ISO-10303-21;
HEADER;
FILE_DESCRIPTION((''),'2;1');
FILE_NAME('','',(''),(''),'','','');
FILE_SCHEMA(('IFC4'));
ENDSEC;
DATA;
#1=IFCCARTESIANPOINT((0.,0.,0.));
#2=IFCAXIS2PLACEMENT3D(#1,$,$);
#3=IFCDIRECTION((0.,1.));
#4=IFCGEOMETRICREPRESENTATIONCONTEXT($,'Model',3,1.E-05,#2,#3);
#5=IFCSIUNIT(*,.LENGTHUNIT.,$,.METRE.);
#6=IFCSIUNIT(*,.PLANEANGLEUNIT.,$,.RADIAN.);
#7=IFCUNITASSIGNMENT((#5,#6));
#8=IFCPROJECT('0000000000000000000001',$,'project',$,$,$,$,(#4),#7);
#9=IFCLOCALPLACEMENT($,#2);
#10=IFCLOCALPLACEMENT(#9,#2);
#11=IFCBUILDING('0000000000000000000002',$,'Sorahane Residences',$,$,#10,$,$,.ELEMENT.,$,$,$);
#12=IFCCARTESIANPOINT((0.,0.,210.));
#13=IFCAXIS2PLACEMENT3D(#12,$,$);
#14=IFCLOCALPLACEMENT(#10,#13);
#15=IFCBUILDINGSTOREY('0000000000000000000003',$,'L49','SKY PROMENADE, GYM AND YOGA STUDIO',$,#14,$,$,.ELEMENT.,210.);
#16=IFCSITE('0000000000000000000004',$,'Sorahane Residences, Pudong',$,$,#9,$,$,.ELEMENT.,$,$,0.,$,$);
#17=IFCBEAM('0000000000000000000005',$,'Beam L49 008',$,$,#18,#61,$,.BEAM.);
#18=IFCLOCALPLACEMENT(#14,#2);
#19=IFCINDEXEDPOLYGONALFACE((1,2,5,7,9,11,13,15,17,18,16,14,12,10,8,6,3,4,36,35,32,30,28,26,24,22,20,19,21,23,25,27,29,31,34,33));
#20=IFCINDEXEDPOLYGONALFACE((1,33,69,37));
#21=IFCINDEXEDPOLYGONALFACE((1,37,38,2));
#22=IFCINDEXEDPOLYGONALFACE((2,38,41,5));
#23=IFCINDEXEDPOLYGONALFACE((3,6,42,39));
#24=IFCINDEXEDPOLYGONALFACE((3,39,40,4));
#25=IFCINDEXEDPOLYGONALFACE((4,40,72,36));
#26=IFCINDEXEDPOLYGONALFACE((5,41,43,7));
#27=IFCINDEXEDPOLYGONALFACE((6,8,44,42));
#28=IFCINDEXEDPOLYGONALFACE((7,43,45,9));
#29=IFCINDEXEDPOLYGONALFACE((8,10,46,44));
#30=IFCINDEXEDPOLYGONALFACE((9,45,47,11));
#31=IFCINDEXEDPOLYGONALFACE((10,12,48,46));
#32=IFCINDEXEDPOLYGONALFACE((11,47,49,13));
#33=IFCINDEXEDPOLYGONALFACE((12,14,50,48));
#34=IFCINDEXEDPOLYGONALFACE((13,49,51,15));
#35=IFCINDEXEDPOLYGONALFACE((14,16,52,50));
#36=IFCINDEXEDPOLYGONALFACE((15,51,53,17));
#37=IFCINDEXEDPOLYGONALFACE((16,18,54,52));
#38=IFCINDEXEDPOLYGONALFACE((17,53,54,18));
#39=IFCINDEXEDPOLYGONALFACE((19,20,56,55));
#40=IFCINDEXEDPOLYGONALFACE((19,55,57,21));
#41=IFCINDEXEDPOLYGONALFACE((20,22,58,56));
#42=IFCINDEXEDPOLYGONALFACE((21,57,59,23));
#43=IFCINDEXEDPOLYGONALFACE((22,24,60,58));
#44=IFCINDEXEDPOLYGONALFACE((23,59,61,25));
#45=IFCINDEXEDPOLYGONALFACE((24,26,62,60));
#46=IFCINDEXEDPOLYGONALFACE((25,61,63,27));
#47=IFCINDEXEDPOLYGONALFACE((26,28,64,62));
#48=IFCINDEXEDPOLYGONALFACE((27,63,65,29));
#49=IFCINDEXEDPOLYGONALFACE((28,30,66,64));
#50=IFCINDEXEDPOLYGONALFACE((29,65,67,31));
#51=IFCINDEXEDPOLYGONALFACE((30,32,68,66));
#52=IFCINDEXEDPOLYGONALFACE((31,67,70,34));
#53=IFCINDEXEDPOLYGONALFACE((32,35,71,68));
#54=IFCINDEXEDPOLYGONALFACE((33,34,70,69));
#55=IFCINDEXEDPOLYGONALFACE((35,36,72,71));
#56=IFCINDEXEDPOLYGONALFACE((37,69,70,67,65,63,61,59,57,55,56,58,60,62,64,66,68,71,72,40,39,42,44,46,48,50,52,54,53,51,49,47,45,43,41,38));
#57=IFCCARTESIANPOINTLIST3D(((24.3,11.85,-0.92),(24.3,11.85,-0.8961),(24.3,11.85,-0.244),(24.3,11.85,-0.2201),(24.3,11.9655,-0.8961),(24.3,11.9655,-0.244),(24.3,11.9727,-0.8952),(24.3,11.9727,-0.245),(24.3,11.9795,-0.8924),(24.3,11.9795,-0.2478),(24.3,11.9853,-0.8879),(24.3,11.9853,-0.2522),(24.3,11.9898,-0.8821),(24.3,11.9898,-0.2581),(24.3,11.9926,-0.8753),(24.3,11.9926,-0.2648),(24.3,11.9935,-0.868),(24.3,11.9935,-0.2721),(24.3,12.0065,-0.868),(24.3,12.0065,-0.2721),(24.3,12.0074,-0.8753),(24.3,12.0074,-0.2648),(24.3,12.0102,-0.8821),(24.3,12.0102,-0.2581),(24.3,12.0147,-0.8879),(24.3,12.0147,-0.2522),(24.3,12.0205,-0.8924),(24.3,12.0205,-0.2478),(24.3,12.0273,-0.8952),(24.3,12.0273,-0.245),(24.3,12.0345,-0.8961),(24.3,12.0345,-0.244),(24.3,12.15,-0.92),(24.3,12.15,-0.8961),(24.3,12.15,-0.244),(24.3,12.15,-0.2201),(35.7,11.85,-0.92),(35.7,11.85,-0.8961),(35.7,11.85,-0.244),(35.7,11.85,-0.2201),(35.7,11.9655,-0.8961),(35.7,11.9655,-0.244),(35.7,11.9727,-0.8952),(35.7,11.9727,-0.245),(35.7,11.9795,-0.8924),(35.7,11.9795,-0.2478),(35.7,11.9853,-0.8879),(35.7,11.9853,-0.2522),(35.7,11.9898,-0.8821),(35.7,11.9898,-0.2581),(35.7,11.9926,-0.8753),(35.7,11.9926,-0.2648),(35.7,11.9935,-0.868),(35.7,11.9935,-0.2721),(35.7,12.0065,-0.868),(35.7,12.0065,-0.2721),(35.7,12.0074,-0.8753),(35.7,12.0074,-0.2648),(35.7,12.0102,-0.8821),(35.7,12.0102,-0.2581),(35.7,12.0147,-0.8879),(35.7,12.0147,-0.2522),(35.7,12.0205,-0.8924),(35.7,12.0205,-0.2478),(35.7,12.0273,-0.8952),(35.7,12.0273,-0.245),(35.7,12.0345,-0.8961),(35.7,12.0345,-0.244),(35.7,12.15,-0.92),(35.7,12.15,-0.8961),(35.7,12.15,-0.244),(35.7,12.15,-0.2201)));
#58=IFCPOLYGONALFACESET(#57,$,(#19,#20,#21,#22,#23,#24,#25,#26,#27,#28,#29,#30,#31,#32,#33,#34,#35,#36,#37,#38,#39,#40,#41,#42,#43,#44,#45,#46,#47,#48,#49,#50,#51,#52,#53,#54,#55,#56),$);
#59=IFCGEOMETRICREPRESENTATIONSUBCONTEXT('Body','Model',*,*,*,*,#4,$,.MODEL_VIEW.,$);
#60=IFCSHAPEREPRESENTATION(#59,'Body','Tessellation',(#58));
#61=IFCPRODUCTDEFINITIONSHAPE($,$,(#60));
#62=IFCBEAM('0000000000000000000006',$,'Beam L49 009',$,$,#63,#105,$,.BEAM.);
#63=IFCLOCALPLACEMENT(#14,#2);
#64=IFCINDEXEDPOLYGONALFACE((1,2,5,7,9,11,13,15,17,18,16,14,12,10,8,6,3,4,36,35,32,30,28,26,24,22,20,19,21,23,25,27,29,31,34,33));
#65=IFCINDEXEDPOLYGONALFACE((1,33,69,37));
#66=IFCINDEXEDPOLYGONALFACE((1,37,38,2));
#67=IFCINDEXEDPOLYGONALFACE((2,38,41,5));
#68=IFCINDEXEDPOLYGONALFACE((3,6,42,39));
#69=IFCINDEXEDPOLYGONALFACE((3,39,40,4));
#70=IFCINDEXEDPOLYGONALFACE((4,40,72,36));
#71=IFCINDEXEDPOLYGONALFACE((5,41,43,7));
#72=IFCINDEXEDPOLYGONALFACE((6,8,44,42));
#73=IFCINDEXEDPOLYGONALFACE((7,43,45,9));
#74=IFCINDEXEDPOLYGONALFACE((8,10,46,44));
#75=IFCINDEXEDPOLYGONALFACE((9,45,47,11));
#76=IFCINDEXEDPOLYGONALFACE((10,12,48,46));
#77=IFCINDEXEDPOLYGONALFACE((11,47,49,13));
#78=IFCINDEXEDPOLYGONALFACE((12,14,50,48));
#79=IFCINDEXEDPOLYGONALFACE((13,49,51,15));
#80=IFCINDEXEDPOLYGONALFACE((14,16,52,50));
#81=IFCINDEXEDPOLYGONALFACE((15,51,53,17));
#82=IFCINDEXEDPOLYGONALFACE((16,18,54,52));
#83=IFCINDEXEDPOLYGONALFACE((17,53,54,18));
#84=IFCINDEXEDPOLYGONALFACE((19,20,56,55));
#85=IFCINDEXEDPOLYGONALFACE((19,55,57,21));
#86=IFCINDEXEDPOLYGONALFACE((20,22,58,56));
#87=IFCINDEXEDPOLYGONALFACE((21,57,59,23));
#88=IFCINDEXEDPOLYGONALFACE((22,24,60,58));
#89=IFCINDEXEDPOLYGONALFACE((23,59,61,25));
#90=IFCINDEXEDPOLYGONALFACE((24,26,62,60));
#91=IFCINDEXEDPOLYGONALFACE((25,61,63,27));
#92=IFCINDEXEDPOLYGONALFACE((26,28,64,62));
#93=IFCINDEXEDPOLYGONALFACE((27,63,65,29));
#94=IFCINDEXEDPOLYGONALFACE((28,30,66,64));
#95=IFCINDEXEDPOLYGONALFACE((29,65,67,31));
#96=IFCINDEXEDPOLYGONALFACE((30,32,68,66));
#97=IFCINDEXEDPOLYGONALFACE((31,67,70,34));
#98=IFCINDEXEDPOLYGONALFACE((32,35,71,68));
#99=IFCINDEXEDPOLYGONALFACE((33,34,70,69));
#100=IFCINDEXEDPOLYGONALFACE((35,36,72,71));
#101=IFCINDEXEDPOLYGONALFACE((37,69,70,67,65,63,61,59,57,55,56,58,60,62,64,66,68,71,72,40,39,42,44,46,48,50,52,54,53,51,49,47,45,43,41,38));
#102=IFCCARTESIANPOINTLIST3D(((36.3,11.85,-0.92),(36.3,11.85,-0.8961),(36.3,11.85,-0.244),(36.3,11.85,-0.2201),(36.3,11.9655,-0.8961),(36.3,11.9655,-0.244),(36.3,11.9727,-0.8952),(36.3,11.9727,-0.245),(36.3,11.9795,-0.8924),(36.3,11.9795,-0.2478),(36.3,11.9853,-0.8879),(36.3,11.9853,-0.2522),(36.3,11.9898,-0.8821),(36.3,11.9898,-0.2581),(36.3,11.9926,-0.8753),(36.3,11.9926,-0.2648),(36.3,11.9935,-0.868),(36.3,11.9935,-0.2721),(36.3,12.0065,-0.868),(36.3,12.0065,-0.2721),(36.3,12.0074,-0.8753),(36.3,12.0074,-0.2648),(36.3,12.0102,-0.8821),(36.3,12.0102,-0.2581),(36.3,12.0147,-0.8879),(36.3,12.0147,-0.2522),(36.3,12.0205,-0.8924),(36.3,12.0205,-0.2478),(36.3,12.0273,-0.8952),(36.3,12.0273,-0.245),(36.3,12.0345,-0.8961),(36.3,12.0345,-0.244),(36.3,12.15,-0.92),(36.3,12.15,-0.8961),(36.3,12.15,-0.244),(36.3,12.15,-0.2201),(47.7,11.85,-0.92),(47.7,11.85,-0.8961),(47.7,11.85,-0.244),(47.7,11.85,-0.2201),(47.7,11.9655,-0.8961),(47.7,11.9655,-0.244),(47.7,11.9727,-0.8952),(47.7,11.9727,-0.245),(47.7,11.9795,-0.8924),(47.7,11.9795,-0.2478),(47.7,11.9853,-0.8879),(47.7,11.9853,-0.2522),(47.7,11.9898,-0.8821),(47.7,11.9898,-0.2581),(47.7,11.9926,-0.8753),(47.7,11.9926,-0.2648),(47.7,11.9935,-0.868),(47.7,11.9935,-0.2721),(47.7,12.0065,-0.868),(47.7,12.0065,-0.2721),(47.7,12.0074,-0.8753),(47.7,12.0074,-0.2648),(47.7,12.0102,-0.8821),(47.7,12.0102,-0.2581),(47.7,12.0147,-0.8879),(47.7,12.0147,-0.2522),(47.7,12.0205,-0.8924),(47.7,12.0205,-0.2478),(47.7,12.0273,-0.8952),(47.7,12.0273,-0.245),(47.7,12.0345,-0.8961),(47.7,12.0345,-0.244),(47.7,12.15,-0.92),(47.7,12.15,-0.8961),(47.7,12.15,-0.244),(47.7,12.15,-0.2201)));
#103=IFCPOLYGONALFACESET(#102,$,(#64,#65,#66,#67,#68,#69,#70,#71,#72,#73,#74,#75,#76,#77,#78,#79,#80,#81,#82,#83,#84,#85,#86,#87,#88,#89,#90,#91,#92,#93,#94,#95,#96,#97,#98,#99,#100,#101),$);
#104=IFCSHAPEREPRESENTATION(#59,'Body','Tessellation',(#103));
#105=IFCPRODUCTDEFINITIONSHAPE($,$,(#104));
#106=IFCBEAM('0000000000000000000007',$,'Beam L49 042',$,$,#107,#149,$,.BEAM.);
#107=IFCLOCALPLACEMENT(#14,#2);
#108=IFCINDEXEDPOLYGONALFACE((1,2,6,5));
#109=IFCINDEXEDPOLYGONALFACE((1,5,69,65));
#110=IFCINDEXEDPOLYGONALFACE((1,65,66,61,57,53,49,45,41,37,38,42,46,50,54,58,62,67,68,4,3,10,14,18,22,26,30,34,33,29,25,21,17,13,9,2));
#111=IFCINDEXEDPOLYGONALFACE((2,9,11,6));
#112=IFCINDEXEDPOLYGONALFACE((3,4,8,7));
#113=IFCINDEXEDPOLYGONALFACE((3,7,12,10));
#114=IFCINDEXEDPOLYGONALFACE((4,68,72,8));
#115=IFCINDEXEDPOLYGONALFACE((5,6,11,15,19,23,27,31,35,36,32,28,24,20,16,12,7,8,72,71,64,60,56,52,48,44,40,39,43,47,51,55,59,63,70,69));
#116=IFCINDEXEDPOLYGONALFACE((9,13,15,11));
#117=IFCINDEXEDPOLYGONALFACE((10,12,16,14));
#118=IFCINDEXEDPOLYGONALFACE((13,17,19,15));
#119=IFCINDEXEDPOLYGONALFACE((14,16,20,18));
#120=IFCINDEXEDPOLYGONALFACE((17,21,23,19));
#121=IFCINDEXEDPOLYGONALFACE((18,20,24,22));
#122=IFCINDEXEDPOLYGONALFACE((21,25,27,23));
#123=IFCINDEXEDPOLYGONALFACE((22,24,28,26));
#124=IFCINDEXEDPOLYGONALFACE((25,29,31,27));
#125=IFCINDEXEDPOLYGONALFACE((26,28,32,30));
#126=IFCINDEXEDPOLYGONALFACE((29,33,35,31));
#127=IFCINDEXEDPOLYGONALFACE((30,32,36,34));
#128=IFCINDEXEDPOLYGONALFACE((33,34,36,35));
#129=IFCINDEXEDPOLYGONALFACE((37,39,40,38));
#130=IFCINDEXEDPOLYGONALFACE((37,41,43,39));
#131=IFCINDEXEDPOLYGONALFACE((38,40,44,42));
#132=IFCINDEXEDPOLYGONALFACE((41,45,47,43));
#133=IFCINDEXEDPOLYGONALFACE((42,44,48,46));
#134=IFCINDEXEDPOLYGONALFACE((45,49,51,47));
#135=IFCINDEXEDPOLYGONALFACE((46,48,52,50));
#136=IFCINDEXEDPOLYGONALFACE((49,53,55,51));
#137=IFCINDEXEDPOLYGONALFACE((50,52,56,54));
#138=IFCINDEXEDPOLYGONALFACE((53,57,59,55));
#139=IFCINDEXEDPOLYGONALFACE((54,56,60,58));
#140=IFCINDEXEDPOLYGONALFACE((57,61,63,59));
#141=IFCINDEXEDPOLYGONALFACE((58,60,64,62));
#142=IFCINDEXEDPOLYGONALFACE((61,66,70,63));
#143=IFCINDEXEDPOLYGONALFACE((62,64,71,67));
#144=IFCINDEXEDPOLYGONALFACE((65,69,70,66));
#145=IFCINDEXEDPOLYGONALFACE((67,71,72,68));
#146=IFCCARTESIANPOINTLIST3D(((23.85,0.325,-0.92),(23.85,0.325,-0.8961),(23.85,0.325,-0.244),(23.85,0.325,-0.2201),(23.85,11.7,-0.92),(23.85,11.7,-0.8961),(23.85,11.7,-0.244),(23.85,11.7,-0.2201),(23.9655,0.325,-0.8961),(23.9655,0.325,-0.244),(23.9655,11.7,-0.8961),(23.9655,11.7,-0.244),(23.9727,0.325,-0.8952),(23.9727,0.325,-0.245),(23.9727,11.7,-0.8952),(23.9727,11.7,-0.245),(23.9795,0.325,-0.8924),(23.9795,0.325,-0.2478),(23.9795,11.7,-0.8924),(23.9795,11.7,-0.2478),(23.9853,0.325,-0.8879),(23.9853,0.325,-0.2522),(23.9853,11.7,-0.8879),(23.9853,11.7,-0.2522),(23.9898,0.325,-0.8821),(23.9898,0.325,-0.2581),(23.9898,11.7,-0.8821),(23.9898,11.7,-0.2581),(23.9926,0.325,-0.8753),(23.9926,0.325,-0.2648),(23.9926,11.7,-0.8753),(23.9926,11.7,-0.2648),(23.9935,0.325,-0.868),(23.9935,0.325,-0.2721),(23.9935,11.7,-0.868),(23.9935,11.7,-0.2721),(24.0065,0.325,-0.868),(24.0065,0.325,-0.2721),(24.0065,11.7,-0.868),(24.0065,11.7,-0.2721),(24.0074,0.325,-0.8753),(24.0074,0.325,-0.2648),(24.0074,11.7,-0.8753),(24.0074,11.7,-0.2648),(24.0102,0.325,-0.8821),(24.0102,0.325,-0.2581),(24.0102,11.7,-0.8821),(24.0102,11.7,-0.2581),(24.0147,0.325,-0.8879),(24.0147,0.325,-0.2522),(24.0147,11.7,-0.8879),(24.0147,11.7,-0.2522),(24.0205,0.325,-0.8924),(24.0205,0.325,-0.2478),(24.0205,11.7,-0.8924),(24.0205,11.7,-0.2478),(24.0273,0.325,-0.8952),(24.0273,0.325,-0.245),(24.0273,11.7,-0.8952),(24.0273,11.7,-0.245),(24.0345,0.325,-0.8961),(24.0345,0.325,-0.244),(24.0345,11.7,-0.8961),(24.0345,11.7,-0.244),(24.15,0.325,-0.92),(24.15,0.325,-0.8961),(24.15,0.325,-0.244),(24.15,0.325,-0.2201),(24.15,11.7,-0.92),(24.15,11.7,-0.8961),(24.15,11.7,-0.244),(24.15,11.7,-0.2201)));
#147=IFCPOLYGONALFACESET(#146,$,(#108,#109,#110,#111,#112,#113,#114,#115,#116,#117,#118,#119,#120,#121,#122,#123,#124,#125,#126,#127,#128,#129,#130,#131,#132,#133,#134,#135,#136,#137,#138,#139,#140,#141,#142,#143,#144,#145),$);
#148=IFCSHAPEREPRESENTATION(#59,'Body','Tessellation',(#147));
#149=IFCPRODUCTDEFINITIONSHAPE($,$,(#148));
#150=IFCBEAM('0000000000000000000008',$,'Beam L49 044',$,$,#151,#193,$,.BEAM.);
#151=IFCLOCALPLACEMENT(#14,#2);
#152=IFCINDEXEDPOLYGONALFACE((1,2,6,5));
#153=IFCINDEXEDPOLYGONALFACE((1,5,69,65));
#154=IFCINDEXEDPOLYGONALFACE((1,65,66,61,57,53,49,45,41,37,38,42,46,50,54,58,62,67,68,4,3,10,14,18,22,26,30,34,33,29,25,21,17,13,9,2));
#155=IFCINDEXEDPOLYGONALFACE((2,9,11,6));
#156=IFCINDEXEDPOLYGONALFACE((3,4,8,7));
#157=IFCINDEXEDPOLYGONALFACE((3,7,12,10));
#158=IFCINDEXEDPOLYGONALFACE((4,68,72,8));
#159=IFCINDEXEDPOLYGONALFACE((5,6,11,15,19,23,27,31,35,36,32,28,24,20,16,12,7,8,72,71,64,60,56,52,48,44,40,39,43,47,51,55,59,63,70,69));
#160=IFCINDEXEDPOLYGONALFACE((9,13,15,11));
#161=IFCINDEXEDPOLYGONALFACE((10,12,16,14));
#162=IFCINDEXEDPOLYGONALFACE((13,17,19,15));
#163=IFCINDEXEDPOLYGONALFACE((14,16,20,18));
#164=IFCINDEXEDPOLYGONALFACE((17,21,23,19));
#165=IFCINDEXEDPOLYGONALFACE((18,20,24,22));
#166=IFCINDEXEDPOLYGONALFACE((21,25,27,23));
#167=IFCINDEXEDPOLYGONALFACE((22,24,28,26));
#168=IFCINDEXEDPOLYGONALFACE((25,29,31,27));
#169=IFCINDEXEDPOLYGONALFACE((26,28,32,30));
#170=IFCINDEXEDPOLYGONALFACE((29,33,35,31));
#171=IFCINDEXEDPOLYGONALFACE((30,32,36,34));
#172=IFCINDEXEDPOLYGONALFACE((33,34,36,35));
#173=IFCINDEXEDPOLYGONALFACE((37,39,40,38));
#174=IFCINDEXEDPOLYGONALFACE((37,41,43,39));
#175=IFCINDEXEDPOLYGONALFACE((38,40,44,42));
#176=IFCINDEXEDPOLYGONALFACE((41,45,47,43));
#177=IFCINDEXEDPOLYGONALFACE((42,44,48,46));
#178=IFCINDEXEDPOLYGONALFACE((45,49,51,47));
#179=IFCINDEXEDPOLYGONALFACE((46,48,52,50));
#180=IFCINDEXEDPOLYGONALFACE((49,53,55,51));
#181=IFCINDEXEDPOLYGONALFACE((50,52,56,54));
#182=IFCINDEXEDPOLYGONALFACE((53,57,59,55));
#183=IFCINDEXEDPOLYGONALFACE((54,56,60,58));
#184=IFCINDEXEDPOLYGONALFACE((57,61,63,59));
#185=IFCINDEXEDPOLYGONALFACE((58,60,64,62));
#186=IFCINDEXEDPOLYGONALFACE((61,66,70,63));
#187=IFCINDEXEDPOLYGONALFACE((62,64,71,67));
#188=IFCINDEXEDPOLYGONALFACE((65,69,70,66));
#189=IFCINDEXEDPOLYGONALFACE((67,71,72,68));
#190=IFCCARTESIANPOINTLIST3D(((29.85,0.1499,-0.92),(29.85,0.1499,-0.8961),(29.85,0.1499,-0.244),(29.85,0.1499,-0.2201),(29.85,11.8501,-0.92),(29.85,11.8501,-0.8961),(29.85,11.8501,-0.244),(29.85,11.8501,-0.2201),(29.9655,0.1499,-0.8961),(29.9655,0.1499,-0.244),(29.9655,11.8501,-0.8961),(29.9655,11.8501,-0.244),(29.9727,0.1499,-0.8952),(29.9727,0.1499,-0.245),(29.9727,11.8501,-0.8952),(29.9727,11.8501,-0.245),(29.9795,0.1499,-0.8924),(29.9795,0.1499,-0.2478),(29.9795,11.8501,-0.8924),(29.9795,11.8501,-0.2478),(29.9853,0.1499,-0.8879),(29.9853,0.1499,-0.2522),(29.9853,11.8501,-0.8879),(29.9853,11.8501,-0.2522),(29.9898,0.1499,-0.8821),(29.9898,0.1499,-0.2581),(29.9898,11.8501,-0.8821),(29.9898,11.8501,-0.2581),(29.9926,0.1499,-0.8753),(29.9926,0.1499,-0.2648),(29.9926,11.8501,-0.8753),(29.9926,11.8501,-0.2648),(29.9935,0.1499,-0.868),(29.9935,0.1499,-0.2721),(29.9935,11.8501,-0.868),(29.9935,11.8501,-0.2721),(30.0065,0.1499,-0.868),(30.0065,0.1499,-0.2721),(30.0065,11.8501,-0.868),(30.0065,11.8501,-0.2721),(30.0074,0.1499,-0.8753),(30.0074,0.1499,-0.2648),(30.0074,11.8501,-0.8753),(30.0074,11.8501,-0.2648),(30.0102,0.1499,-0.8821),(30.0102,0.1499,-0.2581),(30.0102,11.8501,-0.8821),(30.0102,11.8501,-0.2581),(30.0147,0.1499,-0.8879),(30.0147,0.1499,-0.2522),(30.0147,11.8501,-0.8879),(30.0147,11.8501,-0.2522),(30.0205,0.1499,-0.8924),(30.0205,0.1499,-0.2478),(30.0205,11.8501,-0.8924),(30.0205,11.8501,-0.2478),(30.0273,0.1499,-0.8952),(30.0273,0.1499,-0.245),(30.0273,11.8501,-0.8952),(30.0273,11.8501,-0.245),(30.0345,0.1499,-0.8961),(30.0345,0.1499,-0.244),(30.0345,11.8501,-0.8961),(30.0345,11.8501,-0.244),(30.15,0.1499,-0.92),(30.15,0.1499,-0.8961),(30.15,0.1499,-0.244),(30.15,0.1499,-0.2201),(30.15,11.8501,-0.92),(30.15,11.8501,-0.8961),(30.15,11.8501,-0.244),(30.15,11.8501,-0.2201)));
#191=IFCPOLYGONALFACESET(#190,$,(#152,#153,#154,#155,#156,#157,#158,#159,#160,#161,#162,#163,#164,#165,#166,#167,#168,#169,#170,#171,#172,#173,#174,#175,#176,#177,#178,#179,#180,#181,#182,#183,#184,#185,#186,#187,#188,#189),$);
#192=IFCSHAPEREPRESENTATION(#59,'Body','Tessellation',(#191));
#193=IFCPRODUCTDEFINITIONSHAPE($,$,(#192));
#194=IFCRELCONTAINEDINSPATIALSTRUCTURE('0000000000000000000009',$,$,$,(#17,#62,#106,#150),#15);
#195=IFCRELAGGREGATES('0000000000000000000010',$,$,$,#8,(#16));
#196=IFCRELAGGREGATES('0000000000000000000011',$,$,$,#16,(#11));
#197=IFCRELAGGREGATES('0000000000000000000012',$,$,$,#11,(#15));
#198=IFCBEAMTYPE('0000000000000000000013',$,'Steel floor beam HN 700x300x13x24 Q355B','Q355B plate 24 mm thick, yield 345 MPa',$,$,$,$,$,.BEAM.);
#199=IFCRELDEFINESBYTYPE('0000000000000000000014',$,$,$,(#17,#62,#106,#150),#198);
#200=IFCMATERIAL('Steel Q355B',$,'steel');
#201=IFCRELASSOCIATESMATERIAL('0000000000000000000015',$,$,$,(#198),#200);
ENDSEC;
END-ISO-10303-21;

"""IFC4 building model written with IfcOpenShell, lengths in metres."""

from ifc_helpers import new_model, si_unit, direction, frame, origin, origin_2d, place, context, subcontext, project, spatial, i_section, extrude, material, material_profile, profile_set, type_object, element, save


model = new_model("IFC4")

# Units and contexts
model_context = context("Model", 3, precision=1e-05, world=origin(), true_north=direction((0.0, 1.0)))
body_context = subcontext(model_context, "Body", "Model", "MODEL_VIEW")
ifc_project = project(units=[si_unit("LENGTHUNIT", "METRE"), si_unit("PLANEANGLEUNIT", "RADIAN")], contexts=[model_context])

# Site, building, storey
site_placement = place(None, origin())
site = spatial("IfcSite", under=ifc_project, at=site_placement, Name="Sorahane Residences, Pudong", CompositionType="ELEMENT", RefElevation=0.0)
building_placement = place(site_placement, origin())
building = spatial("IfcBuilding", under=site, at=building_placement, Name="Sorahane Residences", CompositionType="ELEMENT")
storey_placement = place(building_placement, frame((0.0, 0.0, 210.0)))
storey = spatial("IfcBuildingStorey", under=building, at=storey_placement, Name="L49", Description="SKY PROMENADE, GYM AND YOGA STUDIO", CompositionType="ELEMENT", Elevation=210.0)

# Beams
ifc_material_1 = material(Name="Steel Q355B", Category="steel")
ifc_material_profile_1 = material_profile(ifc_material_1, i_section(OverallWidth=0.3, OverallDepth=0.7, WebThickness=0.0129, FlangeThickness=0.0239, FilletRadius=0.0281, at=origin_2d()), Name="HN 700x300x13x24")
ifc_profile_set_1 = profile_set([ifc_material_profile_1], Name="Steel Q355B")
beam_type_1 = type_object("IfcBeamType", Name="Steel floor beam HN 700x300x13x24 Q355B", Description="Q355B plate 24 mm thick, yield 345 MPa", PredefinedType="BEAM", material=ifc_profile_set_1)
for number, where, z_axis, x_axis, name in (
    (1, (24.3, 12.0, -0.5701), (1.0, 0.0, 0.0), (0.0, 1.0, 0.0), "Beam L49 008"),
    (2, (36.3, 12.0, -0.5701), (1.0, 0.0, 0.0), (0.0, 1.0, 0.0), "Beam L49 009"),
):
    element("IfcBeam", number, at=place(storey_placement, frame(where, z_axis=z_axis, x_axis=x_axis)), inside=storey, type_object=beam_type_1, Name=name, PredefinedType="BEAM", context=body_context, shape_type="SweptSolid", body=[
        extrude(i_section(OverallWidth=0.3, OverallDepth=0.7, WebThickness=0.0129, FlangeThickness=0.0239, FilletRadius=0.0281, at=origin_2d()), origin(), (0.0, 0.0, 1.0), 11.3999),
    ])
beam_1_placement = place(storey_placement, frame((24.0, 0.325, -0.5701), z_axis=(0.0, 1.0, 0.0), x_axis=(-1.0, 0.0, 0.0)))
element("IfcBeam", 3, at=beam_1_placement, inside=storey, type_object=beam_type_1, Name="Beam L49 042", PredefinedType="BEAM", context=body_context, shape_type="SweptSolid", body=[
    extrude(i_section(OverallWidth=0.3, OverallDepth=0.7, WebThickness=0.0129, FlangeThickness=0.0239, FilletRadius=0.0281, at=origin_2d()), origin(), (0.0, 0.0, 1.0), 11.375),
])
beam_2_placement = place(storey_placement, frame((30.0, 0.1499, -0.5701), z_axis=(0.0, 1.0, 0.0), x_axis=(-1.0, 0.0, 0.0)))
element("IfcBeam", 4, at=beam_2_placement, inside=storey, type_object=beam_type_1, Name="Beam L49 044", PredefinedType="BEAM", context=body_context, shape_type="SweptSolid", body=[
    extrude(i_section(OverallWidth=0.3, OverallDepth=0.7, WebThickness=0.0129, FlangeThickness=0.0239, FilletRadius=0.0281, at=origin_2d()), origin(), (0.0, 0.0, 1.0), 11.7002),
])

save(model, "model.ifc")
